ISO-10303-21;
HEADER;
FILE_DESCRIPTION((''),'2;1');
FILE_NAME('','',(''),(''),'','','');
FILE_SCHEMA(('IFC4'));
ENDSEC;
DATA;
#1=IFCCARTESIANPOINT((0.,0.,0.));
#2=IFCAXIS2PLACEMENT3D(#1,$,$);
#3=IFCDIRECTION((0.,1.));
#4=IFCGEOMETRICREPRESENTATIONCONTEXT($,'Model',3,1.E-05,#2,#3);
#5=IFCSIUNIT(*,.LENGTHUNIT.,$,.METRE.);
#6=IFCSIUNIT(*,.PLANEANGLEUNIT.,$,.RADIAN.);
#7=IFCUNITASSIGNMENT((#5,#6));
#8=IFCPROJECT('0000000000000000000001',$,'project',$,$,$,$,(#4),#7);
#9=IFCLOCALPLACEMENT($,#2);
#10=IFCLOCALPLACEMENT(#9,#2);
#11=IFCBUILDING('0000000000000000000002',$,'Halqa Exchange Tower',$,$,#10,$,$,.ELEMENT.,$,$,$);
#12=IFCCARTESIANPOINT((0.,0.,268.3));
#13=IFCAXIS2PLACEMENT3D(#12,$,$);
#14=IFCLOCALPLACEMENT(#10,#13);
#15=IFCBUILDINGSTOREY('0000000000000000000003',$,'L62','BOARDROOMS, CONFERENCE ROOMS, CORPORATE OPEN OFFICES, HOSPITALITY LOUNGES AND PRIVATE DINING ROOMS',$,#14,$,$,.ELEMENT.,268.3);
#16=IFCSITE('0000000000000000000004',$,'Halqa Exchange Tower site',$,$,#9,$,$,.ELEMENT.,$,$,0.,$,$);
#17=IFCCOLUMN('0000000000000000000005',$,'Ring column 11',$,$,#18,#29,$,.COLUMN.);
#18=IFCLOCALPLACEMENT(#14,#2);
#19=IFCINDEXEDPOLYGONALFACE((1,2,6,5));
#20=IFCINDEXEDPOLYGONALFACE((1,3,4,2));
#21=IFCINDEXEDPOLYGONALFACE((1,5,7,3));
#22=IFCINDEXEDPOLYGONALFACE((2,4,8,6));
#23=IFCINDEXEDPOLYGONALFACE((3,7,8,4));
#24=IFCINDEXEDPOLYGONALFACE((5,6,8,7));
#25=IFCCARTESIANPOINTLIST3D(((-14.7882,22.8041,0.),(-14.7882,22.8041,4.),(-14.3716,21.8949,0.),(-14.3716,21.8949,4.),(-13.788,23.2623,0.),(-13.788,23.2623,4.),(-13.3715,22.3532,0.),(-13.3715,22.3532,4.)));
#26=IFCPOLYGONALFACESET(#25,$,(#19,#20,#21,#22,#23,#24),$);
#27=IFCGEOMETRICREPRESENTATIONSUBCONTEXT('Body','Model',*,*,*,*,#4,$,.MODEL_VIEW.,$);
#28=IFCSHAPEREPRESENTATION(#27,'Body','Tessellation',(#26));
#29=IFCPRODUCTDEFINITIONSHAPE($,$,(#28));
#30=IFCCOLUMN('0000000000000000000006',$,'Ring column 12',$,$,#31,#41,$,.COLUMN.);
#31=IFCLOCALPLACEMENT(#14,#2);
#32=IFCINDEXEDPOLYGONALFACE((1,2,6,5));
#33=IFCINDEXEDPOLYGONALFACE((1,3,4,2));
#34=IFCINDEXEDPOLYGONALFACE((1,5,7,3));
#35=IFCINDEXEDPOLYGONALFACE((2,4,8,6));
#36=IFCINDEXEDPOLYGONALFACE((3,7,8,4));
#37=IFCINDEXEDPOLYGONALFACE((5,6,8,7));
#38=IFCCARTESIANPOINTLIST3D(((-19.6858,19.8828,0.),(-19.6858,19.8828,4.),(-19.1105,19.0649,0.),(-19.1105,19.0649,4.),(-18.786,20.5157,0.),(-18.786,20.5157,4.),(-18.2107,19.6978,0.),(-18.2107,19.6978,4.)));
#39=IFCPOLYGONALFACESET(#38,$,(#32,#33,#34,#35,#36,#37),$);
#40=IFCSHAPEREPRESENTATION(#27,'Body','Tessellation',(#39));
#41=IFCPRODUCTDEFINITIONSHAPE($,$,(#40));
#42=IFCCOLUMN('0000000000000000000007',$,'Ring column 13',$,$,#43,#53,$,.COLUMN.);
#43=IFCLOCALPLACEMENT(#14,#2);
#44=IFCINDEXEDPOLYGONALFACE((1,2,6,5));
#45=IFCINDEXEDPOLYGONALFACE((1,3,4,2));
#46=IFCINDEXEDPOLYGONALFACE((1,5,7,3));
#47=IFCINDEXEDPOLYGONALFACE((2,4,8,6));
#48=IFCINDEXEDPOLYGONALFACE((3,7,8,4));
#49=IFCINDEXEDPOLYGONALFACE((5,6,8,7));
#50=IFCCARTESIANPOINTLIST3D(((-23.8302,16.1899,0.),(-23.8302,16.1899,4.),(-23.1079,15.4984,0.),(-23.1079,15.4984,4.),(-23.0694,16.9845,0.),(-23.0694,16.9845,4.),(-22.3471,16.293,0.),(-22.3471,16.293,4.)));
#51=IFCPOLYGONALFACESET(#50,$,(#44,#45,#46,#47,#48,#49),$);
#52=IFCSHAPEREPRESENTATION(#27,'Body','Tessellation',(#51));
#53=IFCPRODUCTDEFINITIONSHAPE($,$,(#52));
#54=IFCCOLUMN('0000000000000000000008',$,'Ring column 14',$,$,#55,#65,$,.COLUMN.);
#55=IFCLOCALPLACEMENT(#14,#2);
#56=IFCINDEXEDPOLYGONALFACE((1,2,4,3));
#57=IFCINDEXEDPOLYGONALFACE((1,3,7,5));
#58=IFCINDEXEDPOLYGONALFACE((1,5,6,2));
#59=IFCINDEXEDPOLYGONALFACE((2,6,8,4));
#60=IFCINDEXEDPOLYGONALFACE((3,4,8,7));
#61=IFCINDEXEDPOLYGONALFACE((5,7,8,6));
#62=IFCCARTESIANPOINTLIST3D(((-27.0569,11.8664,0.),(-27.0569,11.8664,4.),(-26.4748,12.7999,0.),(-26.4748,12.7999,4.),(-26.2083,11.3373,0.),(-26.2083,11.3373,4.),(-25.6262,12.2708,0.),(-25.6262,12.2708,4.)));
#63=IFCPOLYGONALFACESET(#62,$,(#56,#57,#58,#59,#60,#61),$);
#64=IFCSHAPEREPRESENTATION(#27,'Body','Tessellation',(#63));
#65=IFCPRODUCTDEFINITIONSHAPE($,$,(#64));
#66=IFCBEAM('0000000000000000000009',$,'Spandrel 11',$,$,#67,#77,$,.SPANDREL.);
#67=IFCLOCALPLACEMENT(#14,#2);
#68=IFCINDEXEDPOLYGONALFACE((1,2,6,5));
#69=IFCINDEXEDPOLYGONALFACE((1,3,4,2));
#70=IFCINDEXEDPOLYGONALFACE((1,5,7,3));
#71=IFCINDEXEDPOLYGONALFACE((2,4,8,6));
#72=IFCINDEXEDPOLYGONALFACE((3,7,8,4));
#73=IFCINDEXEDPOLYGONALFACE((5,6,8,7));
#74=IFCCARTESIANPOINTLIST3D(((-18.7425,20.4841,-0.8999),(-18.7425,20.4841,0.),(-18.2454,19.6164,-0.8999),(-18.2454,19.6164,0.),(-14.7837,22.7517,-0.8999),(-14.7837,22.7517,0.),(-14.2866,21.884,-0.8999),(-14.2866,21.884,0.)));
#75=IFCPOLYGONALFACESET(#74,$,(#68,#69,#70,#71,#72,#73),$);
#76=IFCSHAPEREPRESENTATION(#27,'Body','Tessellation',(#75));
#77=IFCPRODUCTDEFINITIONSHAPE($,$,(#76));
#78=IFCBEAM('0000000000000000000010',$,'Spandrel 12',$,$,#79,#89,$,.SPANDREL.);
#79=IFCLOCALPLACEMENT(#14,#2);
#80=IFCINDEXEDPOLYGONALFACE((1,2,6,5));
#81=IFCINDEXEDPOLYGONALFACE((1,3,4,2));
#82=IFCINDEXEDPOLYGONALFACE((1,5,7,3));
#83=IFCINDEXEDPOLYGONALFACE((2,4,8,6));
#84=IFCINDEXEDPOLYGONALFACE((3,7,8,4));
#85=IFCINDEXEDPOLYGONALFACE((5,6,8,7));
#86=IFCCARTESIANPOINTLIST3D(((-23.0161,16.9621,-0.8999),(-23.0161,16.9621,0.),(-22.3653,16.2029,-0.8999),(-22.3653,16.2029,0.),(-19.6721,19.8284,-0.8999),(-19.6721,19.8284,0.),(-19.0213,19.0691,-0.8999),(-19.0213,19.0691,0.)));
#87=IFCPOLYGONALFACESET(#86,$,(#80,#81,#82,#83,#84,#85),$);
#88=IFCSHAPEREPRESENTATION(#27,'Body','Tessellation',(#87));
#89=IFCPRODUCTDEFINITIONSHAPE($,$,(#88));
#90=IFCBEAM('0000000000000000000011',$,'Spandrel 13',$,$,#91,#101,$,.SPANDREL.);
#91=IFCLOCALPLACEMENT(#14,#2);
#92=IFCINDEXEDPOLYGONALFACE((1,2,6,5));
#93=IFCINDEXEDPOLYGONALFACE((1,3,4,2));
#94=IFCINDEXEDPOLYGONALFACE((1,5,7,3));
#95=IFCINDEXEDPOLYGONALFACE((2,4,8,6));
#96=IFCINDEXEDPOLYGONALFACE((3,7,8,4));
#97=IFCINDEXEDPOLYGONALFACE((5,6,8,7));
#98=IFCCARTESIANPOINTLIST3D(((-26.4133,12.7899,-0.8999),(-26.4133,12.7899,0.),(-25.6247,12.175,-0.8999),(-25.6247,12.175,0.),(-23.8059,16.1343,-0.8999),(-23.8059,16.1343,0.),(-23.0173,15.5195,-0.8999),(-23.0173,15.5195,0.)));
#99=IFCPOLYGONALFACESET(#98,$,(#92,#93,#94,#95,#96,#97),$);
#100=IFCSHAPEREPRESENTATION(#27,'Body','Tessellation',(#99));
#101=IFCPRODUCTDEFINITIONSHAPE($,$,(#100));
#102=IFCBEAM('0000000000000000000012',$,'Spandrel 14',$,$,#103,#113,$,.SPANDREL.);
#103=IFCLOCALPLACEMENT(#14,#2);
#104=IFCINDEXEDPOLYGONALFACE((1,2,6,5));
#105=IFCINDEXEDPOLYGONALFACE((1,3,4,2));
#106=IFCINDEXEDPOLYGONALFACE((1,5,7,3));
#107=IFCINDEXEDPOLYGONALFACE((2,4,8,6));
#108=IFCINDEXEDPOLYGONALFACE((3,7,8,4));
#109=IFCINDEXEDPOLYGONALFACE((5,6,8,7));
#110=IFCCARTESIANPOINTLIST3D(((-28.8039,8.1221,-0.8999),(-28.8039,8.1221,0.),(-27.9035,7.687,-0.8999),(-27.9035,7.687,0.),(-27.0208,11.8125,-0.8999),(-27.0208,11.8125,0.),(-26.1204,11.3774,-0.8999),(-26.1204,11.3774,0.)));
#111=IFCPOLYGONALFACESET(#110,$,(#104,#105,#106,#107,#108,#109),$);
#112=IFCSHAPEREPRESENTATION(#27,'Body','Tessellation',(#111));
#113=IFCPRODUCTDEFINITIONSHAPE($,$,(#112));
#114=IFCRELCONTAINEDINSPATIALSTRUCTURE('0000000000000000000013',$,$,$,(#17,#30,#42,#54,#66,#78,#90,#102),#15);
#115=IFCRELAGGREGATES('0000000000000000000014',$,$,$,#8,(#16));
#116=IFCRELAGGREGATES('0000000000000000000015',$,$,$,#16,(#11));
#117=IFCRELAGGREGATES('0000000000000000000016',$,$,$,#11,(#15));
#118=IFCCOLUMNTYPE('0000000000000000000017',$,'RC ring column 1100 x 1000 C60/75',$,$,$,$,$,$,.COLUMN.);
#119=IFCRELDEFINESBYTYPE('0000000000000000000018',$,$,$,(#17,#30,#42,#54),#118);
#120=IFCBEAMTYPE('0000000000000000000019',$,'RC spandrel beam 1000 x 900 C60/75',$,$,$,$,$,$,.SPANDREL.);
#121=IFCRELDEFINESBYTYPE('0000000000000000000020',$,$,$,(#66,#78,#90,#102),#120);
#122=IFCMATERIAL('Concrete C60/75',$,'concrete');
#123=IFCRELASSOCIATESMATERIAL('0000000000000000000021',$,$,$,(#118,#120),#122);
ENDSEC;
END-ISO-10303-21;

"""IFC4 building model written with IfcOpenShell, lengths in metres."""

from ifc_helpers import new_model, si_unit, direction, frame, origin, origin_2d, place, context, subcontext, project, spatial, rectangle, extrude, material, material_profile, profile_set, type_object, element, save


model = new_model("IFC4")

# Units and contexts
model_context = context("Model", 3, precision=1e-05, world=origin(), true_north=direction((0.0, 1.0)))
body_context = subcontext(model_context, "Body", "Model", "MODEL_VIEW")
ifc_project = project(units=[si_unit("LENGTHUNIT", "METRE"), si_unit("PLANEANGLEUNIT", "RADIAN")], contexts=[model_context])

# Site, building, storey
site_placement = place(None, origin())
site = spatial("IfcSite", under=ifc_project, at=site_placement, Name="Halqa Exchange Tower site", CompositionType="ELEMENT", RefElevation=0.0)
building_placement = place(site_placement, origin())
building = spatial("IfcBuilding", under=site, at=building_placement, Name="Halqa Exchange Tower", CompositionType="ELEMENT")
storey_placement = place(building_placement, frame((0.0, 0.0, 268.3)))
storey = spatial("IfcBuildingStorey", under=building, at=storey_placement, Name="L62", Description="BOARDROOMS, CONFERENCE ROOMS, CORPORATE OPEN OFFICES, HOSPITALITY LOUNGES AND PRIVATE DINING ROOMS", CompositionType="ELEMENT", Elevation=268.3)

# Columns
ifc_material_1 = material(Name="Concrete C60/75", Category="concrete")
ifc_material_profile_1 = material_profile(ifc_material_1, rectangle(XDim=1.1001, YDim=1.0, at=origin_2d()), Name="1100 x 1000")
ifc_profile_set_1 = profile_set([ifc_material_profile_1], Name="Concrete C60/75")
column_type = type_object("IfcColumnType", Name="RC ring column 1100 x 1000 C60/75", PredefinedType="COLUMN", material=ifc_profile_set_1)
for number, where, z_axis, x_axis, name in (
    (1, (-14.0798, 22.5786, 0.0), (0.0, 0.0, 1.0), (-0.909127, -0.416519, 0.0), "Ring column 11"),
    (2, (-18.9482, 19.7903, 0.0), (0.0, 0.0, 1.0), (-0.817907, -0.575351, 0.0), "Ring column 12"),
    (3, (-23.0886, 16.2415, 0.0), (0.0, 0.0, 1.0), (-0.69158, -0.7223, 0.0), "Ring column 13"),
    (4, (-26.3416, 12.0686, 0.0), (0.0, 0.0, 1.0), (-0.529142, -0.848533, 0.0), "Ring column 14"),
):
    element("IfcColumn", number, at=place(storey_placement, frame(where, z_axis=z_axis, x_axis=x_axis)), inside=storey, type_object=column_type, Name=name, PredefinedType="COLUMN", context=body_context, shape_type="SweptSolid", body=[
        extrude(rectangle(XDim=1.1001, YDim=1.0, at=origin_2d()), origin(), (0.0, 0.0, 1.0), 4.0),
    ])

# Beams
ifc_material_profile_2 = material_profile(ifc_material_1, rectangle(XDim=1.0, YDim=0.8999, at=origin_2d()), Name="1000 x 900")
ifc_profile_set_2 = profile_set([ifc_material_profile_2], Name="Concrete C60/75")
beam_type = type_object("IfcBeamType", Name="RC spandrel beam 1000 x 900 C60/75", PredefinedType="SPANDREL", material=ifc_profile_set_2)
beam_1_placement = place(storey_placement, frame((-14.5352, 22.3179, -0.45), z_axis=(-0.867729, -0.497038, 0.0), x_axis=(0.497038, -0.867729, 0.0)))
element("IfcBeam", 5, at=beam_1_placement, inside=storey, type_object=beam_type, Name="Spandrel 11", PredefinedType="SPANDREL", context=body_context, shape_type="SweptSolid", body=[
    extrude(rectangle(XDim=1.0, YDim=0.8999, at=origin_2d()), origin(), (0.0, 0.0, 1.0), 4.5623),
])
beam_2_placement = place(storey_placement, frame((-19.3467, 19.4487, -0.45), z_axis=(-0.759264, -0.650782, 0.0), x_axis=(0.650782, -0.759264, 0.0)))
element("IfcBeam", 6, at=beam_2_placement, inside=storey, type_object=beam_type, Name="Spandrel 12", PredefinedType="SPANDREL", context=body_context, shape_type="SweptSolid", body=[
    extrude(rectangle(XDim=1.0, YDim=0.8999, at=origin_2d()), origin(), (0.0, 0.0, 1.0), 4.4043),
])
beam_3_placement = place(storey_placement, frame((-23.4116, 15.8269, -0.45), z_axis=(-0.614845, -0.788648, 0.0), x_axis=(0.788648, -0.614845, 0.0)))
element("IfcBeam", 7, at=beam_3_placement, inside=storey, type_object=beam_type, Name="Spandrel 13", PredefinedType="SPANDREL", context=body_context, shape_type="SweptSolid", body=[
    extrude(rectangle(XDim=1.0, YDim=0.8999, at=origin_2d()), origin(), (0.0, 0.0, 1.0), 4.2407),
])
beam_4_placement = place(storey_placement, frame((-26.5706, 11.595, -0.45), z_axis=(-0.435069, -0.900397, 0.0), x_axis=(0.900397, -0.435069, 0.0)))
element("IfcBeam", 8, at=beam_4_placement, inside=storey, type_object=beam_type, Name="Spandrel 14", PredefinedType="SPANDREL", context=body_context, shape_type="SweptSolid", body=[
    extrude(rectangle(XDim=1.0, YDim=0.8999, at=origin_2d()), origin(), (0.0, 0.0, 1.0), 4.0986),
])

save(model, "model.ifc")
